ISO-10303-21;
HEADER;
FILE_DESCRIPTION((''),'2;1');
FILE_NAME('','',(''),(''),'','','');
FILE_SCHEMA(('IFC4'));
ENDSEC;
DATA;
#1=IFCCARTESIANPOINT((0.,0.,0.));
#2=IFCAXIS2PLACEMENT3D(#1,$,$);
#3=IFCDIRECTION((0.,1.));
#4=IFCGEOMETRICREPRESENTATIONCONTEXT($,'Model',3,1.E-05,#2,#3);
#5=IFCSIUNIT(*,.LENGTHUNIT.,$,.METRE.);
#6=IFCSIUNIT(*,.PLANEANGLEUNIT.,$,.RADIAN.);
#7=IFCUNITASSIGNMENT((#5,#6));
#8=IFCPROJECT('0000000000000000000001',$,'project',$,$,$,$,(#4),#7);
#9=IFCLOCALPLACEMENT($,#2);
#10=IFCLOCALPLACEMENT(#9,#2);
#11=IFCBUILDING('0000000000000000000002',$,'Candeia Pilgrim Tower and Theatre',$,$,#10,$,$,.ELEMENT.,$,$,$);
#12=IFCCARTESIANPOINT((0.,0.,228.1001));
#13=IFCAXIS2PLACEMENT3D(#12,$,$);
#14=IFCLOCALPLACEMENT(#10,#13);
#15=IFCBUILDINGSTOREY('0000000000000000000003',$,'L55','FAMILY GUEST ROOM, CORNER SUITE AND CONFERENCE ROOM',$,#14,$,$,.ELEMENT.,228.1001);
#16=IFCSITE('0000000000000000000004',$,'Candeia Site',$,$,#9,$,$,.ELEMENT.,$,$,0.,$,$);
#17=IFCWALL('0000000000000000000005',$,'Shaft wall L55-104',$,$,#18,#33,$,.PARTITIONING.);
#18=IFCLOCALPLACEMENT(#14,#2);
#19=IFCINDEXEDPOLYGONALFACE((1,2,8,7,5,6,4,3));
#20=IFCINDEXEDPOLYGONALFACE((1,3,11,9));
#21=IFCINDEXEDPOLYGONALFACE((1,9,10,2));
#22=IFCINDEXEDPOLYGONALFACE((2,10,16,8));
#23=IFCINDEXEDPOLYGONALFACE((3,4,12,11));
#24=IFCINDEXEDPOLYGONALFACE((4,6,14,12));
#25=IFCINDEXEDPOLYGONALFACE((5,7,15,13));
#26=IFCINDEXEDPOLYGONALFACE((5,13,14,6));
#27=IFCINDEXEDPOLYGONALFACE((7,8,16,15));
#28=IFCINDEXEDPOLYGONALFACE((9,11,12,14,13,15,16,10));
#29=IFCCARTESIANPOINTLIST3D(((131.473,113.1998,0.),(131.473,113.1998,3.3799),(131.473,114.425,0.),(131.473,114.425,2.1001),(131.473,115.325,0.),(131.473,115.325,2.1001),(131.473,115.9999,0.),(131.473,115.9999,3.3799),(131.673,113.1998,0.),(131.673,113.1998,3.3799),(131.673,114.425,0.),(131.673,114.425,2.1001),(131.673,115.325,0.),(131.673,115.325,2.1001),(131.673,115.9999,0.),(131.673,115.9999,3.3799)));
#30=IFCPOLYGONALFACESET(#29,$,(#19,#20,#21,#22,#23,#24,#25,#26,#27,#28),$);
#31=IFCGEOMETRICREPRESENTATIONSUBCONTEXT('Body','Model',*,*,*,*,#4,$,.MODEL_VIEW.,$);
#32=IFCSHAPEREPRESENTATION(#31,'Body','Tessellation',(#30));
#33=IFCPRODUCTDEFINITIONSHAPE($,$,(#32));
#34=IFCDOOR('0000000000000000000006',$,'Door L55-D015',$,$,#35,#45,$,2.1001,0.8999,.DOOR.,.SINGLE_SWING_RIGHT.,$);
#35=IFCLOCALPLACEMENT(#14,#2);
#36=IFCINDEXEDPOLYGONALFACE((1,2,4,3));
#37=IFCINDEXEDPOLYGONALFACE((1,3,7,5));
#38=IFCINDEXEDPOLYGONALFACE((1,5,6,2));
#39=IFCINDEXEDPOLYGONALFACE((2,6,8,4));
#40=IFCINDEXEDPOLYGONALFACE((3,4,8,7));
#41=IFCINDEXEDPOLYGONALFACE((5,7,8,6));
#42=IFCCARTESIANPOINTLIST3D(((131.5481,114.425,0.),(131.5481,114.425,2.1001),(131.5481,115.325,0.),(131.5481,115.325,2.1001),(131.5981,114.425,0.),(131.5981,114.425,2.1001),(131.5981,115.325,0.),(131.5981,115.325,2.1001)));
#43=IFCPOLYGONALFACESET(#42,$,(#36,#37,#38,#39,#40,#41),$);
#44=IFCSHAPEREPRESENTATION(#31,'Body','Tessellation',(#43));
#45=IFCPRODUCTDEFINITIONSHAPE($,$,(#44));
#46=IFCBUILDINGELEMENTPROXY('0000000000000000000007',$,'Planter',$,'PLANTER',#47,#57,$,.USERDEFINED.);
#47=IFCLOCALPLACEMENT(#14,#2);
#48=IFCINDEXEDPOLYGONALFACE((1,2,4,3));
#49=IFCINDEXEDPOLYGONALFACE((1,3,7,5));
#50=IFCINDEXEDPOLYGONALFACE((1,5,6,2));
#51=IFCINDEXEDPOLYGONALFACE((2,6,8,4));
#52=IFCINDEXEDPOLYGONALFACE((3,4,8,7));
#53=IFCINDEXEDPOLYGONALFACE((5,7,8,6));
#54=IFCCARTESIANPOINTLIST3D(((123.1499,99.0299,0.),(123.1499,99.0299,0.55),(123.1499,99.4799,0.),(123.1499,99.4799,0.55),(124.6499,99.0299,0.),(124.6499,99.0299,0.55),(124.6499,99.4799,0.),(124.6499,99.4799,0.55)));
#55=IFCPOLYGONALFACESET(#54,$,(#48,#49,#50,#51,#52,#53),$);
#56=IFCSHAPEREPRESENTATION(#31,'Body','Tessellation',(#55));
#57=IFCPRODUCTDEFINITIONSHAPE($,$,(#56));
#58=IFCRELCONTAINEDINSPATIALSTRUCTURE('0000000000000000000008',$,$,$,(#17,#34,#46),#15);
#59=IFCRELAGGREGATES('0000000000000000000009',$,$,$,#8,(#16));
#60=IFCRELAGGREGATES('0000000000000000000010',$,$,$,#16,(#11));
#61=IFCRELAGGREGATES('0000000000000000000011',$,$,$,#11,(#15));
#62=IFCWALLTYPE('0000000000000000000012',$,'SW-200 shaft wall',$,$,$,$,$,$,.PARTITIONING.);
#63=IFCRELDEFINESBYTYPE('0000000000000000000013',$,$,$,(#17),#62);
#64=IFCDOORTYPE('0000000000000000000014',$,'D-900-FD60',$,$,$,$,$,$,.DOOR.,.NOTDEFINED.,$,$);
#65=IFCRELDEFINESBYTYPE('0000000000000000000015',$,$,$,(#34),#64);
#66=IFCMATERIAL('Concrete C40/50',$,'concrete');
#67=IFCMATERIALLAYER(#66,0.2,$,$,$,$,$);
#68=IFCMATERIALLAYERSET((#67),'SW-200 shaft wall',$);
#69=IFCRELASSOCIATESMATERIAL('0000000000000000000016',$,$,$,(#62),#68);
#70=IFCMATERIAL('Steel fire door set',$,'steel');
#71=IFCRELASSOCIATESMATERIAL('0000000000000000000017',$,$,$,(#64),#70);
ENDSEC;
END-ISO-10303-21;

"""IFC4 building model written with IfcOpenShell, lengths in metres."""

from ifc_helpers import new_model, si_unit, direction, frame, frame_2d, origin, origin_2d, place, context, subcontext, project, spatial, rectangle, extrude, material, layer, layer_set, type_object, element, fill, save


model = new_model("IFC4")

# Units and contexts
model_context = context("Model", 3, precision=1e-05, world=origin(), true_north=direction((0.0, 1.0)))
body_context = subcontext(model_context, "Body", "Model", "MODEL_VIEW")
ifc_project = project(units=[si_unit("LENGTHUNIT", "METRE"), si_unit("PLANEANGLEUNIT", "RADIAN")], contexts=[model_context])

# Site, building, storey
site_placement = place(None, origin())
site = spatial("IfcSite", under=ifc_project, at=site_placement, Name="Candeia Site", CompositionType="ELEMENT", RefElevation=0.0)
building_placement = place(site_placement, origin())
building = spatial("IfcBuilding", under=site, at=building_placement, Name="Candeia Pilgrim Tower and Theatre", CompositionType="ELEMENT")
storey_placement = place(building_placement, frame((0.0, 0.0, 228.1001)))
storey = spatial("IfcBuildingStorey", under=building, at=storey_placement, Name="L55", Description="FAMILY GUEST ROOM, CORNER SUITE AND CONFERENCE ROOM", CompositionType="ELEMENT", Elevation=228.1001)

# Shared definitions
ifc_material_1 = material(Name="Steel fire door set", Category="steel")

# Shared definitions
ifc_material_2 = material(Name="Concrete C40/50", Category="concrete")
ifc_layer_1 = layer(ifc_material_2, 0.2)
ifc_layer_set_1 = layer_set([ifc_layer_1], Name="SW-200 shaft wall")
wall_type_1 = type_object("IfcWallType", Name="SW-200 shaft wall", PredefinedType="PARTITIONING", material=ifc_layer_set_1)
door_type_1 = type_object("IfcDoorType", Name="D-900-FD60", OperationType="NOTDEFINED", PredefinedType="DOOR", material=ifc_material_1)

# Wall, opening, door
wall_1_placement = place(storey_placement, frame((131.573, 113.2, 0.0), z_axis=(0.0, 0.0, 1.0), x_axis=(0.0, 1.0, 0.0)))
wall_1 = element("IfcWall", 1, at=wall_1_placement, inside=storey, type_object=wall_type_1, Name="Shaft wall L55-104", PredefinedType="PARTITIONING", context=body_context, shape_type="SweptSolid", body=[
    extrude(rectangle(XDim=2.8, YDim=0.2, at=frame_2d((1.3999, 0.0))), origin(), (0.0, 0.0, 1.0), 3.3799),
])
opening_1_placement = place(wall_1_placement, frame((1.2251, 0.0, 0.0)))
opening_1 = element("IfcOpeningElement", 2, at=opening_1_placement, cuts=wall_1, PredefinedType="OPENING", context=body_context, shape_type="SweptSolid", body=[
    extrude(rectangle(XDim=0.8999, YDim=2.1001, at=frame_2d((0.45, 1.05))), frame((0.0, 0.1099, 0.0), z_axis=(0.0, -1.0, 0.0), x_axis=(1.0, 0.0, 0.0)), (0.0, 0.0, 1.0), 0.22),
])
door_1_placement = place(opening_1_placement, origin())
door_1 = element("IfcDoor", 3, at=door_1_placement, inside=storey, type_object=door_type_1, Name="Door L55-D015", OperationType="SINGLE_SWING_RIGHT", OverallHeight=2.1001, OverallWidth=0.8999, PredefinedType="DOOR", context=body_context, shape_type="SweptSolid", body=[
    extrude(rectangle(XDim=0.8999, YDim=2.1001, at=frame_2d((0.45, 1.05))), frame((0.0, 0.0249, 0.0), z_axis=(0.0, -1.0, 0.0), x_axis=(1.0, 0.0, 0.0)), (0.0, 0.0, 1.0), 0.05),
])
fill(opening_1, door_1)

# Building element proxy
proxy_placement = place(storey_placement, frame((123.8999, 99.2549, 0.0), z_axis=(0.0, 0.0, 1.0), x_axis=(1.0, 0.0, 0.0)))
element("IfcBuildingElementProxy", 4, at=proxy_placement, inside=storey, Name="Planter", ObjectType="PLANTER", PredefinedType="USERDEFINED", context=body_context, shape_type="SweptSolid", body=[
    extrude(rectangle(XDim=1.5, YDim=0.45, at=origin_2d()), origin(), (0.0, 0.0, 1.0), 0.55),
])

save(model, "model.ifc")
